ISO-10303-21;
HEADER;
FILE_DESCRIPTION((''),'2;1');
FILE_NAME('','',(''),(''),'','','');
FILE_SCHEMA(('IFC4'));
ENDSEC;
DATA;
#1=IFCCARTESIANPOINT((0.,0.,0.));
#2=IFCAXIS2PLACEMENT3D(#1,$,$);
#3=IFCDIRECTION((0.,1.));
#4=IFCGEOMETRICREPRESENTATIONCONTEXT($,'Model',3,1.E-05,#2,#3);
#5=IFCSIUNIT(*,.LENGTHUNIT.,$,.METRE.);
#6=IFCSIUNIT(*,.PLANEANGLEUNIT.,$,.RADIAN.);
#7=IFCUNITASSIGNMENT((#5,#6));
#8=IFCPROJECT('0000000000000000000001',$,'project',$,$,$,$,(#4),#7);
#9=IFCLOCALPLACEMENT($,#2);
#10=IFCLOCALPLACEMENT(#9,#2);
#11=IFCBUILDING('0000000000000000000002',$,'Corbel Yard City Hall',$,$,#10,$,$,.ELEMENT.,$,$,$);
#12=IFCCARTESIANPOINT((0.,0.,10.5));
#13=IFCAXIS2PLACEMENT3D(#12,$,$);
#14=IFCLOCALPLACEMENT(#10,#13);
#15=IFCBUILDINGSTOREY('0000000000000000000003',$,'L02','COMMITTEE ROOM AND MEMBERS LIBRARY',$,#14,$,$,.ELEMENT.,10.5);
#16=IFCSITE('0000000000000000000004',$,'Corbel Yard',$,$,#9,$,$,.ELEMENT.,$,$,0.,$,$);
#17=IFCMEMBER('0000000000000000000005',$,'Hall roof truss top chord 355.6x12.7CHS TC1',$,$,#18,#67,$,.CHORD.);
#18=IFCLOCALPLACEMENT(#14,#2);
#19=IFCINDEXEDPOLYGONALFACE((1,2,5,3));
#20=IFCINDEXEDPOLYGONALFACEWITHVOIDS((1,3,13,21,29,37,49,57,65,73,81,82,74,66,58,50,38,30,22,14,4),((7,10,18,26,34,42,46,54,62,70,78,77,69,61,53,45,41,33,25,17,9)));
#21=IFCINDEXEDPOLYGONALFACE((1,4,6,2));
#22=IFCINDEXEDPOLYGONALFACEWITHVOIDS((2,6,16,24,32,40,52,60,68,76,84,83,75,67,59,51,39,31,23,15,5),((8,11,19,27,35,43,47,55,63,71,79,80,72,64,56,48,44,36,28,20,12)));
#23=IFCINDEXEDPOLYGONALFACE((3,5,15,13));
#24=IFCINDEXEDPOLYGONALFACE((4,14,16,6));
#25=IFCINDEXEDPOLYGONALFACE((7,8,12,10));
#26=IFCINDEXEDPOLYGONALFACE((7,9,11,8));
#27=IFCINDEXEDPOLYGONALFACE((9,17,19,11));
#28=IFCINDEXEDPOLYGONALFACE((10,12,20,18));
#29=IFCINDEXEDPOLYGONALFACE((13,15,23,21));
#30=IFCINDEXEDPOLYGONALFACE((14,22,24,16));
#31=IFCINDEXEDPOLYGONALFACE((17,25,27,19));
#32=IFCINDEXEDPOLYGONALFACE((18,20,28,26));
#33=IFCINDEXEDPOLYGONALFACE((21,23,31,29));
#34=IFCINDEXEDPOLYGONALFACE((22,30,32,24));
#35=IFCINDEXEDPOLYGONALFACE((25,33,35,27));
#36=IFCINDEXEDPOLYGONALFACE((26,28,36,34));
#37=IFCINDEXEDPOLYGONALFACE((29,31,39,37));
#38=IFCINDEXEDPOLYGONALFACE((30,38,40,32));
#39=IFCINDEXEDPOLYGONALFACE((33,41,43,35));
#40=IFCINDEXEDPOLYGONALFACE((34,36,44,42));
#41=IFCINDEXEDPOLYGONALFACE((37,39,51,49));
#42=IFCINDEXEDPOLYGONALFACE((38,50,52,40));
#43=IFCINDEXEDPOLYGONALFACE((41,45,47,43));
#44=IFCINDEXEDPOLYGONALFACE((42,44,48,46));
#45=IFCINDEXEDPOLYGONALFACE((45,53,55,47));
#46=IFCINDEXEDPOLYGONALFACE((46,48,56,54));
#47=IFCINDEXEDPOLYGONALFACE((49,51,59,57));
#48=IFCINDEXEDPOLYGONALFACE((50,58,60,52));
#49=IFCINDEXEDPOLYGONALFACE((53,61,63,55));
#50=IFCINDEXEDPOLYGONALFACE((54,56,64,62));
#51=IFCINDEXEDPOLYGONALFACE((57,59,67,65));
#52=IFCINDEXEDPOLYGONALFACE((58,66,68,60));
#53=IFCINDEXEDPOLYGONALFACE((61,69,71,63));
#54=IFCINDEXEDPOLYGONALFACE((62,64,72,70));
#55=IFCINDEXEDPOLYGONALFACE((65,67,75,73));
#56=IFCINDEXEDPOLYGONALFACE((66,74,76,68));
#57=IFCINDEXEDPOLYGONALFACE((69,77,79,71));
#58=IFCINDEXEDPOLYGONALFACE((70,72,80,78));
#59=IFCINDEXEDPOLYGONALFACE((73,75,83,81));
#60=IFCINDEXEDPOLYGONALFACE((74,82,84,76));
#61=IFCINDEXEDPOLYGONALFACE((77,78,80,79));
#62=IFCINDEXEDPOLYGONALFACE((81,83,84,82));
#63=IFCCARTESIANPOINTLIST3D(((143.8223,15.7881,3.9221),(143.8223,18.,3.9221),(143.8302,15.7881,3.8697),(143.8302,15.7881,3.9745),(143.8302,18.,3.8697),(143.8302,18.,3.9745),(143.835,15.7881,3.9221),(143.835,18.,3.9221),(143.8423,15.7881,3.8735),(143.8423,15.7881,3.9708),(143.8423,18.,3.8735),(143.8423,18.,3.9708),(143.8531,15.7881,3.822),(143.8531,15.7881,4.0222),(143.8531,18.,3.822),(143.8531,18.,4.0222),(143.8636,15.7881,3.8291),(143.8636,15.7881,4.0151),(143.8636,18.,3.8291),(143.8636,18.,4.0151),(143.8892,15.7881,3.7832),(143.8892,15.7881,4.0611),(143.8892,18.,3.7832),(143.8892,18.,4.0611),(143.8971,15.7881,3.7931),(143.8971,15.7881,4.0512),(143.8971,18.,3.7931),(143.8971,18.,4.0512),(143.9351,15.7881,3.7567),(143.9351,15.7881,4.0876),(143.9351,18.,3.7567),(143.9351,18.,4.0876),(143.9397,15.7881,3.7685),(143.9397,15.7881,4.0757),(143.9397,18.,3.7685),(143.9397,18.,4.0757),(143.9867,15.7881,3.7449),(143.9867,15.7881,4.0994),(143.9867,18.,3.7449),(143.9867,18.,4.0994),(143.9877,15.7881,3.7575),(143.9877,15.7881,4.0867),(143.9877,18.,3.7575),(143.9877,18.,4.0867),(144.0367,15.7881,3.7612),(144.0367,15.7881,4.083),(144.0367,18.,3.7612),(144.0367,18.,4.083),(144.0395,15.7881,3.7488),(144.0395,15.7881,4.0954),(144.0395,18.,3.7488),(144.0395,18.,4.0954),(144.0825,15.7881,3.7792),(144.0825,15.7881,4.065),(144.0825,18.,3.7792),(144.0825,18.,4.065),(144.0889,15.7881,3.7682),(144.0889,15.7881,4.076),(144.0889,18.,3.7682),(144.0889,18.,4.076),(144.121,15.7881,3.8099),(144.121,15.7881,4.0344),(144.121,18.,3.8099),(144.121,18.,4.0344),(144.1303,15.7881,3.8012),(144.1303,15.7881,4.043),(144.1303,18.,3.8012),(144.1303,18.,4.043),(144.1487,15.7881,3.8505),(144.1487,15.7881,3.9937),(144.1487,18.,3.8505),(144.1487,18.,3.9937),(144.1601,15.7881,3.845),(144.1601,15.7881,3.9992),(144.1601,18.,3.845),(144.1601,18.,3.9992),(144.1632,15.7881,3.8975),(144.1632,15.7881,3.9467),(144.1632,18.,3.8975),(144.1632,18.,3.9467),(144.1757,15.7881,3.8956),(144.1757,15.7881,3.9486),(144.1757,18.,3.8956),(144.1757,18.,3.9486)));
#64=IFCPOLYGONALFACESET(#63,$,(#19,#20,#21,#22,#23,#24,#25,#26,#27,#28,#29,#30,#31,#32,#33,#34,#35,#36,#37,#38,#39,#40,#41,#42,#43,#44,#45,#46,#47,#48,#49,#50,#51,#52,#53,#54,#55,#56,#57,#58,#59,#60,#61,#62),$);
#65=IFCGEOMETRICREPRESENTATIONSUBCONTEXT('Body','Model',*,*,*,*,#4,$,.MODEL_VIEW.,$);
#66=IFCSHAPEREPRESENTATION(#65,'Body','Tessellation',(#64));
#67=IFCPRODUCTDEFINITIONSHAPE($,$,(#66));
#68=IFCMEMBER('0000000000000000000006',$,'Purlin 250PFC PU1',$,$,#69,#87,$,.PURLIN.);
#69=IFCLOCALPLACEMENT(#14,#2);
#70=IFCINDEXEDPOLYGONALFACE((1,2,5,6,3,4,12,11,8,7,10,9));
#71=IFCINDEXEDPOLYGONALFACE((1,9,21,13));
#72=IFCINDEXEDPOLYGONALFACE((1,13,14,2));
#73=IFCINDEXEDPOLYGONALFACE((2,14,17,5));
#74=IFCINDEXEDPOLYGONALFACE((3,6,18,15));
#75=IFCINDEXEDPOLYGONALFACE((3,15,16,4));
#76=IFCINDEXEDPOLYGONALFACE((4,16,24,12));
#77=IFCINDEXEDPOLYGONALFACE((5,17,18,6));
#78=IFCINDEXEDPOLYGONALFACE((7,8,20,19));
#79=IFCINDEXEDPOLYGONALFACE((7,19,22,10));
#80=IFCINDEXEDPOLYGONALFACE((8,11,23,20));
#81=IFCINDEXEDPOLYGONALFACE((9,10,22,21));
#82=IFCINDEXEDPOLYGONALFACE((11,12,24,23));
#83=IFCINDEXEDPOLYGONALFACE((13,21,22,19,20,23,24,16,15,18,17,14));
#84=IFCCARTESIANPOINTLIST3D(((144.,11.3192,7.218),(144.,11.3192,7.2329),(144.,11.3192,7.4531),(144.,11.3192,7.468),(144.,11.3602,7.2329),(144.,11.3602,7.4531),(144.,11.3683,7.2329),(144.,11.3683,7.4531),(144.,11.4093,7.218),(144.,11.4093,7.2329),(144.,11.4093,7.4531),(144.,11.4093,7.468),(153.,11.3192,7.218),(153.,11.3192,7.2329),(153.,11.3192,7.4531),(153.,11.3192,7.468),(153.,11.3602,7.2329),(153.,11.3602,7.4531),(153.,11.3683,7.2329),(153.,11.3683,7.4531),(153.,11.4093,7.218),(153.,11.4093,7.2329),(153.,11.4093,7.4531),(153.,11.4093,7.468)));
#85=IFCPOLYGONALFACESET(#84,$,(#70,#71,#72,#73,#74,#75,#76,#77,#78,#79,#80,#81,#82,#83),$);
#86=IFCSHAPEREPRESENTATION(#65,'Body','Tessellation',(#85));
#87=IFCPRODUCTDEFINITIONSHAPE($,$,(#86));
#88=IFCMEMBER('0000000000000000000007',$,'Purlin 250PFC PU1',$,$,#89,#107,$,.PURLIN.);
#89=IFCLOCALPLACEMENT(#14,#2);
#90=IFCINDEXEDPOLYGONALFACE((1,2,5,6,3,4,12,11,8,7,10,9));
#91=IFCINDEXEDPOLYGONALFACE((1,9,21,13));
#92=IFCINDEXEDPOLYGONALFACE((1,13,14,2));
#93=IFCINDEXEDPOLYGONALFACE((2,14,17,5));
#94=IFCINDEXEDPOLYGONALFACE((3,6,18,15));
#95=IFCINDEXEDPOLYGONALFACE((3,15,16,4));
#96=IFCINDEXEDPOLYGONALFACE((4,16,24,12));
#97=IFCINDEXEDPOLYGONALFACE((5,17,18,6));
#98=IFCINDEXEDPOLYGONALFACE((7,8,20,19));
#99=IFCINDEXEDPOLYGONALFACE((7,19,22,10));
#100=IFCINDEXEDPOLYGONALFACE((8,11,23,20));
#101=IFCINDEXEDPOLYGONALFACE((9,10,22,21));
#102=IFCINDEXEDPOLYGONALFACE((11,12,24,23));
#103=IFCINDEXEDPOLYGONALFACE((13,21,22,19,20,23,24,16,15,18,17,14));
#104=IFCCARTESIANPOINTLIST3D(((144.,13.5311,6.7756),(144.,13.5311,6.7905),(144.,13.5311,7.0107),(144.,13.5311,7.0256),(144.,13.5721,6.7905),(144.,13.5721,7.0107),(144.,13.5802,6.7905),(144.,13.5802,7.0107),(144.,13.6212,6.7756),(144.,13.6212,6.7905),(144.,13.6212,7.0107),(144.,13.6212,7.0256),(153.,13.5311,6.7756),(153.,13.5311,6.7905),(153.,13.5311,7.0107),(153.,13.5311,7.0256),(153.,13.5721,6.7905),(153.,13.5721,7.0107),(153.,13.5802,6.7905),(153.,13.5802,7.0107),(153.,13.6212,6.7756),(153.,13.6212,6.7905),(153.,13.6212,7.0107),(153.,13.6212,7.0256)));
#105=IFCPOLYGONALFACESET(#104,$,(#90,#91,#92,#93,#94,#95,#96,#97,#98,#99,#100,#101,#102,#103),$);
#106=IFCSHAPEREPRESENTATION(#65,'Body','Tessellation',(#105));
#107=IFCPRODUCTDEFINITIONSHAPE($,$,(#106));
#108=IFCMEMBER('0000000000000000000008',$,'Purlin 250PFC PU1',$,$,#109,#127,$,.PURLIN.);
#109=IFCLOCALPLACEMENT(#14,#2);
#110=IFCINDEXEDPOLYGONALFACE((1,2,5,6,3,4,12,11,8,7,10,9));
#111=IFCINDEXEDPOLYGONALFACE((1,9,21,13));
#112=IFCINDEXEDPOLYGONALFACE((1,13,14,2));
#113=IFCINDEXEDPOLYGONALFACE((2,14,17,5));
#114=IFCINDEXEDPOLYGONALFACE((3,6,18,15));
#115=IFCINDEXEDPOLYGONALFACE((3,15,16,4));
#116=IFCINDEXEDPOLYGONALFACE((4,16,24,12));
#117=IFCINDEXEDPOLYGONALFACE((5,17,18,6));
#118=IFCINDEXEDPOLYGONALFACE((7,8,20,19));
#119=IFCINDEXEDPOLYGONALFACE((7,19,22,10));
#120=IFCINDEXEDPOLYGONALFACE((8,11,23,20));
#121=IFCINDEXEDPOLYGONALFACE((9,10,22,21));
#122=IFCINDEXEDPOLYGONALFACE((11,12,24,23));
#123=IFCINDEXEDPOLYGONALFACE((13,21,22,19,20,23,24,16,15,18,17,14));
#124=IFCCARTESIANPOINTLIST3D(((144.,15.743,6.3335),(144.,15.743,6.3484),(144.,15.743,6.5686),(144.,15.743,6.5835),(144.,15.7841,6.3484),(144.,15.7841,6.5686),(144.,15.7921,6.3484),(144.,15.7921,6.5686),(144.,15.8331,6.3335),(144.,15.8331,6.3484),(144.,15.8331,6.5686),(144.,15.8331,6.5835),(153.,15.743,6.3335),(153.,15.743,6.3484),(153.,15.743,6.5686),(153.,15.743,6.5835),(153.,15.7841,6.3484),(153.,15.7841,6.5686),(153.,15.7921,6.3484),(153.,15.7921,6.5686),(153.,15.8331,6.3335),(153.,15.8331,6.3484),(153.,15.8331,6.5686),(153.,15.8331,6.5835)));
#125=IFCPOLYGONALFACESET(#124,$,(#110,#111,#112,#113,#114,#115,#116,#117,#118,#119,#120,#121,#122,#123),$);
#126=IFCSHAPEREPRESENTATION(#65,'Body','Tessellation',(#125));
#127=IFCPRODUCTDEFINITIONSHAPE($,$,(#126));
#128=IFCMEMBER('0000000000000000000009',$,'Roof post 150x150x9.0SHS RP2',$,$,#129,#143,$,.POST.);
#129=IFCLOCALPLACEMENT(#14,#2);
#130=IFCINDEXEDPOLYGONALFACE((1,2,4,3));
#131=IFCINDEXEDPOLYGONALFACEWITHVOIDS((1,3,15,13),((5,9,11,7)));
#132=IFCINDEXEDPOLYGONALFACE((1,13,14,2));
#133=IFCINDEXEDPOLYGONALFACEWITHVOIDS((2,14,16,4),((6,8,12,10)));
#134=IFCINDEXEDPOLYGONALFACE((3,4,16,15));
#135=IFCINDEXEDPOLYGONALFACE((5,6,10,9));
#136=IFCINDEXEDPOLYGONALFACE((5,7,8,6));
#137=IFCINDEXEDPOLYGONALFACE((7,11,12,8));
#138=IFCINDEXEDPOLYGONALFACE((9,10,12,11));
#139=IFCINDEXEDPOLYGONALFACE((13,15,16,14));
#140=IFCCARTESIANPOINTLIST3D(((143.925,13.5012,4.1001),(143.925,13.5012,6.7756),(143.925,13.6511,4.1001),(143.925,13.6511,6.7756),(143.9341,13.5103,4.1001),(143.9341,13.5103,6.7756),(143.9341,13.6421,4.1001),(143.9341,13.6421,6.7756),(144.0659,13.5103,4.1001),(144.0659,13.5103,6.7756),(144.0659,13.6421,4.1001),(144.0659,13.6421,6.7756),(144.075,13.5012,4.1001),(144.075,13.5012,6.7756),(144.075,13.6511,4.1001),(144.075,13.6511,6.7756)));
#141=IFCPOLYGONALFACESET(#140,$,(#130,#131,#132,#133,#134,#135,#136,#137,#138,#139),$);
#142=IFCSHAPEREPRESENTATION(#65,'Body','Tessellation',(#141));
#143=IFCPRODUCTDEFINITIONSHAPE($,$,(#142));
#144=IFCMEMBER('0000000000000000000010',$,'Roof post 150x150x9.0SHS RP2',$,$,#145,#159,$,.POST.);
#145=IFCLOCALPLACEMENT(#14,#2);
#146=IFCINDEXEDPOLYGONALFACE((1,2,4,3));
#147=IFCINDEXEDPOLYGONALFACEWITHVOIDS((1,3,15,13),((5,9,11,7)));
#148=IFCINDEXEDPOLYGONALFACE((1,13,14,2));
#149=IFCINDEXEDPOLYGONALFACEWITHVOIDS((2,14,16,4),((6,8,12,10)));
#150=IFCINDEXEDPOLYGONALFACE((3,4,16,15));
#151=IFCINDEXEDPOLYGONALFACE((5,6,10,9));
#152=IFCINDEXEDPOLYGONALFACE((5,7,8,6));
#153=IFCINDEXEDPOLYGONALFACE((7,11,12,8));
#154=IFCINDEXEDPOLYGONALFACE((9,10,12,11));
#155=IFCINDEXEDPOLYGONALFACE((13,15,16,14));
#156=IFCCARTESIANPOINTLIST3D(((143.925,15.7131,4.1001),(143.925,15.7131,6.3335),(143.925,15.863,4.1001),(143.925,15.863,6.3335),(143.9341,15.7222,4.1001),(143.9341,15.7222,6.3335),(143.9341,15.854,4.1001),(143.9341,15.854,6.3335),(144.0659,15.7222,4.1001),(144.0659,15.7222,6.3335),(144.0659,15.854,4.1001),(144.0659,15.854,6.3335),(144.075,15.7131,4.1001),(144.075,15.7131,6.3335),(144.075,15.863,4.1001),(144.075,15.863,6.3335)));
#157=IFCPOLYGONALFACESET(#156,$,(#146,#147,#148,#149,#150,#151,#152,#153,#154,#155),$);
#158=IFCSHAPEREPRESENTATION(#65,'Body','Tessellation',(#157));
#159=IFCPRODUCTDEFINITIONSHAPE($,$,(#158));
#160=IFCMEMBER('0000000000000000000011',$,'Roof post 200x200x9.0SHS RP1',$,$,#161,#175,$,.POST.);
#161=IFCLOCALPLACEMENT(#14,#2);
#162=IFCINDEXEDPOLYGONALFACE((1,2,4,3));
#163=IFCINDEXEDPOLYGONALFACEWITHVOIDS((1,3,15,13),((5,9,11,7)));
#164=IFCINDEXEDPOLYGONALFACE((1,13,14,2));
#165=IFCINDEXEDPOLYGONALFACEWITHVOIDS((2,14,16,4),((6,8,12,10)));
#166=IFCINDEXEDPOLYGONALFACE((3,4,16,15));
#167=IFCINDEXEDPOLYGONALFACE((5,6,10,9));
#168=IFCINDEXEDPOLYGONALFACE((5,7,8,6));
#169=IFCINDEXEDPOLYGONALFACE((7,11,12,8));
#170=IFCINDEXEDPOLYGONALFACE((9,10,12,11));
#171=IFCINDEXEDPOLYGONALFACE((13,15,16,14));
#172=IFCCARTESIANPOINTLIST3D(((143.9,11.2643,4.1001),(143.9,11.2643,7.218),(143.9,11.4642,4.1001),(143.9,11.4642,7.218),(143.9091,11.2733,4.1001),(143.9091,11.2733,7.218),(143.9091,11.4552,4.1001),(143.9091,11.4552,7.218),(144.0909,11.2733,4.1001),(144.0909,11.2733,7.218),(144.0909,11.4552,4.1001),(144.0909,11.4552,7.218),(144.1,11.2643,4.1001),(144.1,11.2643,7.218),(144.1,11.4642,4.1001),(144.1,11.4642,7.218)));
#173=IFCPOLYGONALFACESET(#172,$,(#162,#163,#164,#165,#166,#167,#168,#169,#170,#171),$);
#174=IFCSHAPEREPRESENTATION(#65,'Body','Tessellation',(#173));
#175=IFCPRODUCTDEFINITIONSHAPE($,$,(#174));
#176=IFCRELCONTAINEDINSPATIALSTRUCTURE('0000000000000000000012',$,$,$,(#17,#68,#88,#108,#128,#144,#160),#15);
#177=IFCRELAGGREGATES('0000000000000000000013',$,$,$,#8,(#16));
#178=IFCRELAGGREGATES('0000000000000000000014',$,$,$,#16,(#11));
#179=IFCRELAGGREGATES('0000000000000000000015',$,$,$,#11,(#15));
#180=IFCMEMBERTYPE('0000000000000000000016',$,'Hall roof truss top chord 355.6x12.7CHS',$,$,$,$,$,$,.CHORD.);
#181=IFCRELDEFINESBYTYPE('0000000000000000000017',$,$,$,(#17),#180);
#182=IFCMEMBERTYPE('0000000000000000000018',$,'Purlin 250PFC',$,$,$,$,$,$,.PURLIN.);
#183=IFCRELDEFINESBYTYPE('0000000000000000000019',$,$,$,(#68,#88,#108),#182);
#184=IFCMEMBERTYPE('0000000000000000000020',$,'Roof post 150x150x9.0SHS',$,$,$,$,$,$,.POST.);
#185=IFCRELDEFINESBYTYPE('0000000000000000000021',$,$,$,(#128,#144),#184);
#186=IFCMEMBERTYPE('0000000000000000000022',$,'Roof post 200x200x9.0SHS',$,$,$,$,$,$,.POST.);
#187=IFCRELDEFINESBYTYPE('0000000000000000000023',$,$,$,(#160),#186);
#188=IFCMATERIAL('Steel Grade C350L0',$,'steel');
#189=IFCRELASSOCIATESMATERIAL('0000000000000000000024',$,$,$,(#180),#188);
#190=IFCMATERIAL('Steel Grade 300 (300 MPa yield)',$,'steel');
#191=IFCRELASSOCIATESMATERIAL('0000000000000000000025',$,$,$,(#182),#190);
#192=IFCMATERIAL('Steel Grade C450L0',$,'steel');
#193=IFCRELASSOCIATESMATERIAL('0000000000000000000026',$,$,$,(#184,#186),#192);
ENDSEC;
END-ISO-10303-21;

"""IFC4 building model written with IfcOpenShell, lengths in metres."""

from ifc_helpers import new_model, si_unit, direction, frame, origin, origin_2d, place, context, subcontext, project, spatial, hollow_rectangle, hollow_circle, i_section, extrude, material, material_profile, profile_set, type_object, element, save


model = new_model("IFC4")

# Units and contexts
model_context = context("Model", 3, precision=1e-05, world=origin(), true_north=direction((0.0, 1.0)))
body_context = subcontext(model_context, "Body", "Model", "MODEL_VIEW")
ifc_project = project(units=[si_unit("LENGTHUNIT", "METRE"), si_unit("PLANEANGLEUNIT", "RADIAN")], contexts=[model_context])

# Site, building, storey
site_placement = place(None, origin())
site = spatial("IfcSite", under=ifc_project, at=site_placement, Name="Corbel Yard", CompositionType="ELEMENT", RefElevation=0.0)
building_placement = place(site_placement, origin())
building = spatial("IfcBuilding", under=site, at=building_placement, Name="Corbel Yard City Hall", CompositionType="ELEMENT")
storey_placement = place(building_placement, frame((0.0, 0.0, 10.5)))
storey = spatial("IfcBuildingStorey", under=building, at=storey_placement, Name="L02", Description="COMMITTEE ROOM AND MEMBERS LIBRARY", CompositionType="ELEMENT", Elevation=10.5)

# Shared definitions
ifc_material_1 = material(Name="Steel Grade 300 (300 MPa yield)", Category="steel")

# Members
ifc_material_2 = material(Name="Steel Grade C350L0", Category="steel")
ifc_material_profile_1 = material_profile(ifc_material_2, hollow_circle(Radius=0.1777, WallThickness=0.0127, at=origin_2d()), Name="355.6x12.7CHS")
ifc_profile_set_1 = profile_set([ifc_material_profile_1], Name="Steel Grade C350L0")
member_type_1 = type_object("IfcMemberType", Name="Hall roof truss top chord 355.6x12.7CHS", PredefinedType="CHORD", material=ifc_profile_set_1)
for number, where, z_axis, x_axis, name in (
    (1, (144.0, 15.7881, 3.9221), (0.0, 1.0, 0.0), (-1.0, 0.0, 0.0), "Hall roof truss top chord 355.6x12.7CHS TC1"),
):
    element("IfcMember", number, at=place(storey_placement, frame(where, z_axis=z_axis, x_axis=x_axis)), inside=storey, type_object=member_type_1, Name=name, PredefinedType="CHORD", context=body_context, shape_type="SweptSolid", body=[
        extrude(hollow_circle(Radius=0.1777, WallThickness=0.0127, at=origin_2d()), origin(), (0.0, 0.0, 1.0), 2.2119),
    ])
ifc_material_profile_2 = material_profile(ifc_material_1, i_section(OverallWidth=0.0901, OverallDepth=0.25, WebThickness=0.0081, FlangeThickness=0.0149, at=origin_2d()), Name="250PFC")
ifc_profile_set_2 = profile_set([ifc_material_profile_2], Name="Steel Grade 300 (300 MPa yield)")
member_type_2 = type_object("IfcMemberType", Name="Purlin 250PFC", PredefinedType="PURLIN", material=ifc_profile_set_2)
for number, where, z_axis, x_axis, name in (
    (2, (144.0, 11.3643, 7.343), (1.0, 0.0, 0.0), (0.0, 1.0, 0.0), "Purlin 250PFC PU1"),
    (3, (144.0, 13.5762, 6.9006), (1.0, 0.0, 0.0), (0.0, 1.0, 0.0), "Purlin 250PFC PU1"),
    (4, (144.0, 15.7881, 6.4585), (1.0, 0.0, 0.0), (0.0, 1.0, 0.0), "Purlin 250PFC PU1"),
):
    element("IfcMember", number, at=place(storey_placement, frame(where, z_axis=z_axis, x_axis=x_axis)), inside=storey, type_object=member_type_2, Name=name, PredefinedType="PURLIN", context=body_context, shape_type="SweptSolid", body=[
        extrude(i_section(OverallWidth=0.0901, OverallDepth=0.25, WebThickness=0.0081, FlangeThickness=0.0149, at=origin_2d()), origin(), (0.0, 0.0, 1.0), 9.0),
    ])
ifc_material_3 = material(Name="Steel Grade C450L0", Category="steel")
ifc_material_profile_3 = material_profile(ifc_material_3, hollow_rectangle(XDim=0.1499, YDim=0.1499, WallThickness=0.009, at=origin_2d()), Name="150x150x9.0SHS")
ifc_profile_set_3 = profile_set([ifc_material_profile_3], Name="Steel Grade C450L0")
member_type_3 = type_object("IfcMemberType", Name="Roof post 150x150x9.0SHS", PredefinedType="POST", material=ifc_profile_set_3)
member_1_placement = place(storey_placement, frame((144.0, 13.5762, 4.1001), z_axis=(0.0, 0.0, 1.0), x_axis=(1.0, 0.0, 0.0)))
element("IfcMember", 5, at=member_1_placement, inside=storey, type_object=member_type_3, Name="Roof post 150x150x9.0SHS RP2", PredefinedType="POST", context=body_context, shape_type="SweptSolid", body=[
    extrude(hollow_rectangle(XDim=0.1499, YDim=0.1499, WallThickness=0.009, at=origin_2d()), origin(), (0.0, 0.0, 1.0), 2.6755),
])
member_2_placement = place(storey_placement, frame((144.0, 15.7881, 4.1001), z_axis=(0.0, 0.0, 1.0), x_axis=(1.0, 0.0, 0.0)))
element("IfcMember", 6, at=member_2_placement, inside=storey, type_object=member_type_3, Name="Roof post 150x150x9.0SHS RP2", PredefinedType="POST", context=body_context, shape_type="SweptSolid", body=[
    extrude(hollow_rectangle(XDim=0.1499, YDim=0.1499, WallThickness=0.009, at=origin_2d()), origin(), (0.0, 0.0, 1.0), 2.2334),
])
ifc_material_profile_4 = material_profile(ifc_material_3, hollow_rectangle(XDim=0.2, YDim=0.2, WallThickness=0.009, at=origin_2d()), Name="200x200x9.0SHS")
ifc_profile_set_4 = profile_set([ifc_material_profile_4], Name="Steel Grade C450L0")
member_type_4 = type_object("IfcMemberType", Name="Roof post 200x200x9.0SHS", PredefinedType="POST", material=ifc_profile_set_4)
member_3_placement = place(storey_placement, frame((144.0, 11.3643, 4.1001), z_axis=(0.0, 0.0, 1.0), x_axis=(1.0, 0.0, 0.0)))
element("IfcMember", 7, at=member_3_placement, inside=storey, type_object=member_type_4, Name="Roof post 200x200x9.0SHS RP1", PredefinedType="POST", context=body_context, shape_type="SweptSolid", body=[
    extrude(hollow_rectangle(XDim=0.2, YDim=0.2, WallThickness=0.009, at=origin_2d()), origin(), (0.0, 0.0, 1.0), 3.1179),
])

save(model, "model.ifc")
